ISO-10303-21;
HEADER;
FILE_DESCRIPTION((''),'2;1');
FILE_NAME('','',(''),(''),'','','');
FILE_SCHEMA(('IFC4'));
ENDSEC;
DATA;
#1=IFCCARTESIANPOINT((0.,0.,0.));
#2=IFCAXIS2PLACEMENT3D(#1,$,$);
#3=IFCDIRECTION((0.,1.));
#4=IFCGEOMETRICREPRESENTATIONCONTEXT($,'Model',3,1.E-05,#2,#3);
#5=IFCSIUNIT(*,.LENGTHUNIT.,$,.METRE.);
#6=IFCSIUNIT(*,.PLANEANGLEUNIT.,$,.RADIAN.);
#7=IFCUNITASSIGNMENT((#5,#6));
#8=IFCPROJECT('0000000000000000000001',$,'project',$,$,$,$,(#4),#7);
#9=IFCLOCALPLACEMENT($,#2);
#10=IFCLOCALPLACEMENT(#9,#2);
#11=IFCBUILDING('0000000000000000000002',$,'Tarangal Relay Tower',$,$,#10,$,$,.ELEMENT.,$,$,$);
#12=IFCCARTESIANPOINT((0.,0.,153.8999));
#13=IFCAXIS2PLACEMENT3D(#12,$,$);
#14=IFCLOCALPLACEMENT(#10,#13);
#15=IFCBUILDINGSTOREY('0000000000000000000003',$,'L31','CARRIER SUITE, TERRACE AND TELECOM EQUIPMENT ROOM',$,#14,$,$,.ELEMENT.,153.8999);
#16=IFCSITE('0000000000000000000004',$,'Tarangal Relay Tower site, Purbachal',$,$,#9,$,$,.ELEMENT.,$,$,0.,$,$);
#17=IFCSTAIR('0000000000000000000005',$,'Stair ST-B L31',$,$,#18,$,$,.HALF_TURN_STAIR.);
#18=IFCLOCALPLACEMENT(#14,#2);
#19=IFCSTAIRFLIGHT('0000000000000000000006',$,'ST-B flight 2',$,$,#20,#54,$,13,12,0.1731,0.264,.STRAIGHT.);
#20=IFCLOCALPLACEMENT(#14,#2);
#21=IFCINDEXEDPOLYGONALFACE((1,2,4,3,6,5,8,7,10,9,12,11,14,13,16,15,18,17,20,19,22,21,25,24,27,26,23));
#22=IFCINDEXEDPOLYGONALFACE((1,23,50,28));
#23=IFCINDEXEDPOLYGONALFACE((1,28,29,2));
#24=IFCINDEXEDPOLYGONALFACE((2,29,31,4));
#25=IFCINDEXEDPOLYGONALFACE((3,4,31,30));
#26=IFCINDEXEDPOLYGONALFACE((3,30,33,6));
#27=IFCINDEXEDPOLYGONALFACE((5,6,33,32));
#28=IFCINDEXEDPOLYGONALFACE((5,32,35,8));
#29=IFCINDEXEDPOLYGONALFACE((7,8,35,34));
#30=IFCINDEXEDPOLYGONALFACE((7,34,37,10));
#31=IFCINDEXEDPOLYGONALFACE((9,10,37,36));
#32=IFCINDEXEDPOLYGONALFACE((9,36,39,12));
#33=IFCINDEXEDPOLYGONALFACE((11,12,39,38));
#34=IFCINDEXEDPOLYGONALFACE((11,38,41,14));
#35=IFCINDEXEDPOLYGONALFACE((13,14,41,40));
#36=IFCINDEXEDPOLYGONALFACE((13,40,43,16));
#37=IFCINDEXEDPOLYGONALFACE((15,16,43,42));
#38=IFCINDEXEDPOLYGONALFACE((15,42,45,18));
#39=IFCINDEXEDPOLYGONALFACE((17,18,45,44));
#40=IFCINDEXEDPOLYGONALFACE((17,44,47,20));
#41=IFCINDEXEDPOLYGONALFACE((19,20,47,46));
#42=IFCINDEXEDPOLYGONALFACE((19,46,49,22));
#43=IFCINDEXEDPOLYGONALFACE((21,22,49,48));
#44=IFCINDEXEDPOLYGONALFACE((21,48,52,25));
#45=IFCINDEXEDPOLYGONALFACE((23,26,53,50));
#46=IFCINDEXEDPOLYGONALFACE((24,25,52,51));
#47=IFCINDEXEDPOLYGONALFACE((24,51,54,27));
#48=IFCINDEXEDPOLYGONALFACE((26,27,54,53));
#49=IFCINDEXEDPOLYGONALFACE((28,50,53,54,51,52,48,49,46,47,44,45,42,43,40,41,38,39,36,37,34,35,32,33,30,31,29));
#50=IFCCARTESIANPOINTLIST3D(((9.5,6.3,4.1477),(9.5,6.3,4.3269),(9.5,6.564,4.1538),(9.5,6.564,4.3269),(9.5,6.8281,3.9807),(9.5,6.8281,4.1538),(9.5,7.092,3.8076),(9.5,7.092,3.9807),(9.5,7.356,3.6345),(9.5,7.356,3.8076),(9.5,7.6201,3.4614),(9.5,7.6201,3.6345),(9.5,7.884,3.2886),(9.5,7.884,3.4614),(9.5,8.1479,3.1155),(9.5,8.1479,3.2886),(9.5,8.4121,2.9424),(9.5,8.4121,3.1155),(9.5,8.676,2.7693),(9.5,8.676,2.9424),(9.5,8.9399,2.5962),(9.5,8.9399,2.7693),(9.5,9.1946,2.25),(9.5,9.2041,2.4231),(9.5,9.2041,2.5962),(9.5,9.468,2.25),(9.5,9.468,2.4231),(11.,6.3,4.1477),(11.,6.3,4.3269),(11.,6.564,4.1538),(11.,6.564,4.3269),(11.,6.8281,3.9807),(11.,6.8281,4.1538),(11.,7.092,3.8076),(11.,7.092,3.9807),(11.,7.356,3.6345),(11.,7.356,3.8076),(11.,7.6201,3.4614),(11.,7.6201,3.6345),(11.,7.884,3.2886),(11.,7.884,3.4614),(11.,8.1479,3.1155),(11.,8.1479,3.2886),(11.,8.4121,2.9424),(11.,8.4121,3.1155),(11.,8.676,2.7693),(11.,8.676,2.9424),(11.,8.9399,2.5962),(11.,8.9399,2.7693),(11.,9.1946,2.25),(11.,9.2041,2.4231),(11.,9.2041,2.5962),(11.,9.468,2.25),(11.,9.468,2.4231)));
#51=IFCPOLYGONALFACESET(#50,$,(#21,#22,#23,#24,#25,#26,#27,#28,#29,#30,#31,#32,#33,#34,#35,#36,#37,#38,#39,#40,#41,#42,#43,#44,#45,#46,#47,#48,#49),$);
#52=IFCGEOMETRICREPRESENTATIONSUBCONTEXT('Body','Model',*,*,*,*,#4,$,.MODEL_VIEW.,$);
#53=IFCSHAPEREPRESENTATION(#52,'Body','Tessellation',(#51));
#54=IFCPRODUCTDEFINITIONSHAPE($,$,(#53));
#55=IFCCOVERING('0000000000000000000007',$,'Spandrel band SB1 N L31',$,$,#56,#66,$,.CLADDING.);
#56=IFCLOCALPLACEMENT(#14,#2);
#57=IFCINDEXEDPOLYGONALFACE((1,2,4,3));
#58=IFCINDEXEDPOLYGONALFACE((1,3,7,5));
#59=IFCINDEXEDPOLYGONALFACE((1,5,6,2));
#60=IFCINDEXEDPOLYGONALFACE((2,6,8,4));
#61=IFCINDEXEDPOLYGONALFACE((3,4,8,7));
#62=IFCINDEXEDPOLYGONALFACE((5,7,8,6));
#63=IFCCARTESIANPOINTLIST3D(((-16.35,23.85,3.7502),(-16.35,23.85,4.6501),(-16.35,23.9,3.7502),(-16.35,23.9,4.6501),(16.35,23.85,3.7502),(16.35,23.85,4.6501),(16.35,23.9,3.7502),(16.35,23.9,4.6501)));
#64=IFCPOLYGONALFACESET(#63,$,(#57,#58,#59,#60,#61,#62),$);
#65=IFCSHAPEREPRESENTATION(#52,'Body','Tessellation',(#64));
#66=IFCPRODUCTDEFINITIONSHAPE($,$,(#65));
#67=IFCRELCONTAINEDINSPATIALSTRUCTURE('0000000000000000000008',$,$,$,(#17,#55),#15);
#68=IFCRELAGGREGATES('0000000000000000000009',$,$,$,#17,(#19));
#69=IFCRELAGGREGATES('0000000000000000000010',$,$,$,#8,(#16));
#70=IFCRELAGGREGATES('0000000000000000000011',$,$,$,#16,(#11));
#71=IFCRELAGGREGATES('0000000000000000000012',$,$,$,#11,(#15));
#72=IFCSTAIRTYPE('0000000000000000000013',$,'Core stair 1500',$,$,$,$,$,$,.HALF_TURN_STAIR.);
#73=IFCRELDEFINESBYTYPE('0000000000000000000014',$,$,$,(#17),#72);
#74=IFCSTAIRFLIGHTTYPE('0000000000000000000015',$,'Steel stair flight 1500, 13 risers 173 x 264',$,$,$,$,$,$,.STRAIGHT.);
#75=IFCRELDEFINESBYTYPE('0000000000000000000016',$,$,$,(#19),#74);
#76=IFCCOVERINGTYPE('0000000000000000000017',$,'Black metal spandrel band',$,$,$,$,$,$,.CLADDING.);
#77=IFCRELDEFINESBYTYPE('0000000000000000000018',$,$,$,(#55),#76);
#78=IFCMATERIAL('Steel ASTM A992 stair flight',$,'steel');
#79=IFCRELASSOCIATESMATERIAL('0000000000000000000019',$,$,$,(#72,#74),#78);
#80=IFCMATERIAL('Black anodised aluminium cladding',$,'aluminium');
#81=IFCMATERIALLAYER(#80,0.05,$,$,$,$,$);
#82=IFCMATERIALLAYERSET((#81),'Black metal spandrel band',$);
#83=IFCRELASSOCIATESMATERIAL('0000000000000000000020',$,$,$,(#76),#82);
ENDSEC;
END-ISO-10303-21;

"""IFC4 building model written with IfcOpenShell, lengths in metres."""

from ifc_helpers import new_model, si_unit, direction, frame, origin, origin_2d, place, context, subcontext, project, spatial, polyline, rectangle, outline, extrude, material, layer, layer_set, type_object, element, aggregate, save


model = new_model("IFC4")

# Units and contexts
model_context = context("Model", 3, precision=1e-05, world=origin(), true_north=direction((0.0, 1.0)))
body_context = subcontext(model_context, "Body", "Model", "MODEL_VIEW")
ifc_project = project(units=[si_unit("LENGTHUNIT", "METRE"), si_unit("PLANEANGLEUNIT", "RADIAN")], contexts=[model_context])

# Site, building, storey
site_placement = place(None, origin())
site = spatial("IfcSite", under=ifc_project, at=site_placement, Name="Tarangal Relay Tower site, Purbachal", CompositionType="ELEMENT", RefElevation=0.0)
building_placement = place(site_placement, origin())
building = spatial("IfcBuilding", under=site, at=building_placement, Name="Tarangal Relay Tower", CompositionType="ELEMENT")
storey_placement = place(building_placement, frame((0.0, 0.0, 153.8999)))
storey = spatial("IfcBuildingStorey", under=building, at=storey_placement, Name="L31", Description="CARRIER SUITE, TERRACE AND TELECOM EQUIPMENT ROOM", CompositionType="ELEMENT", Elevation=153.8999)

# Stair
ifc_material_1 = material(Name="Steel ASTM A992 stair flight", Category="steel")
stair_type = type_object("IfcStairType", Name="Core stair 1500", PredefinedType="HALF_TURN_STAIR", material=ifc_material_1)
stair_1_placement = place(storey_placement, origin())
stair_1 = element("IfcStair", 1, at=stair_1_placement, inside=storey, type_object=stair_type, Name="Stair ST-B L31", PredefinedType="HALF_TURN_STAIR")

# Stair flight
stair_flight_type = type_object("IfcStairFlightType", Name="Steel stair flight 1500, 13 risers 173 x 264", PredefinedType="STRAIGHT", material=ifc_material_1)
stair_flight_1_placement = place(storey_placement, frame((10.25, 9.468, 2.25), z_axis=(0.0, 0.0, 1.0), x_axis=(0.0, -1.0, 0.0)))
stair_flight_1 = element("IfcStairFlight", 2, at=stair_flight_1_placement, type_object=stair_flight_type, Name="ST-B flight 2", NumberOfRisers=13, NumberOfTreads=12, PredefinedType="STRAIGHT", RiserHeight=0.1731, TreadLength=0.264, context=body_context, shape_type="SweptSolid", body=[
    extrude(outline(polyline([(0.0, 0.0), (0.0, 0.1731), (0.2639, 0.1731), (0.2639, 0.3462), (0.5281, 0.3462), (0.5281, 0.5193), (0.792, 0.5193), (0.792, 0.6924), (1.0559, 0.6924), (1.0559, 0.8655), (1.3201, 0.8655), (1.3201, 1.0386), (1.584, 1.0386), (1.584, 1.2114), (1.8479, 1.2114), (1.8479, 1.3845), (2.1121, 1.3845), (2.1121, 1.5576), (2.376, 1.5576), (2.376, 1.7307), (2.6399, 1.7307), (2.6399, 1.9038), (2.9041, 1.9038), (2.9041, 2.0769), (3.168, 2.0769), (3.168, 2.25), (3.168, 1.8977), (0.2734, 0.0), (0.0, 0.0)])), frame((0.0, 0.75, 0.0), z_axis=(0.0, -1.0, 0.0), x_axis=(1.0, 0.0, 0.0)), (0.0, 0.0, 1.0), 1.5),
])
aggregate(stair_1, [stair_flight_1])

# Covering
ifc_material_2 = material(Name="Black anodised aluminium cladding", Category="aluminium")
ifc_layer_1 = layer(ifc_material_2, 0.05)
ifc_layer_set_1 = layer_set([ifc_layer_1], Name="Black metal spandrel band")
covering_type = type_object("IfcCoveringType", Name="Black metal spandrel band", PredefinedType="CLADDING", material=ifc_layer_set_1)
covering_placement = place(storey_placement, frame((0.0, 23.875, 3.7502), z_axis=(0.0, 0.0, 1.0), x_axis=(1.0, 0.0, 0.0)))
element("IfcCovering", 3, at=covering_placement, inside=storey, type_object=covering_type, Name="Spandrel band SB1 N L31", PredefinedType="CLADDING", context=body_context, shape_type="SweptSolid", body=[
    extrude(rectangle(XDim=32.7, YDim=0.05, at=origin_2d()), origin(), (0.0, 0.0, 1.0), 0.8999),
])

save(model, "model.ifc")
